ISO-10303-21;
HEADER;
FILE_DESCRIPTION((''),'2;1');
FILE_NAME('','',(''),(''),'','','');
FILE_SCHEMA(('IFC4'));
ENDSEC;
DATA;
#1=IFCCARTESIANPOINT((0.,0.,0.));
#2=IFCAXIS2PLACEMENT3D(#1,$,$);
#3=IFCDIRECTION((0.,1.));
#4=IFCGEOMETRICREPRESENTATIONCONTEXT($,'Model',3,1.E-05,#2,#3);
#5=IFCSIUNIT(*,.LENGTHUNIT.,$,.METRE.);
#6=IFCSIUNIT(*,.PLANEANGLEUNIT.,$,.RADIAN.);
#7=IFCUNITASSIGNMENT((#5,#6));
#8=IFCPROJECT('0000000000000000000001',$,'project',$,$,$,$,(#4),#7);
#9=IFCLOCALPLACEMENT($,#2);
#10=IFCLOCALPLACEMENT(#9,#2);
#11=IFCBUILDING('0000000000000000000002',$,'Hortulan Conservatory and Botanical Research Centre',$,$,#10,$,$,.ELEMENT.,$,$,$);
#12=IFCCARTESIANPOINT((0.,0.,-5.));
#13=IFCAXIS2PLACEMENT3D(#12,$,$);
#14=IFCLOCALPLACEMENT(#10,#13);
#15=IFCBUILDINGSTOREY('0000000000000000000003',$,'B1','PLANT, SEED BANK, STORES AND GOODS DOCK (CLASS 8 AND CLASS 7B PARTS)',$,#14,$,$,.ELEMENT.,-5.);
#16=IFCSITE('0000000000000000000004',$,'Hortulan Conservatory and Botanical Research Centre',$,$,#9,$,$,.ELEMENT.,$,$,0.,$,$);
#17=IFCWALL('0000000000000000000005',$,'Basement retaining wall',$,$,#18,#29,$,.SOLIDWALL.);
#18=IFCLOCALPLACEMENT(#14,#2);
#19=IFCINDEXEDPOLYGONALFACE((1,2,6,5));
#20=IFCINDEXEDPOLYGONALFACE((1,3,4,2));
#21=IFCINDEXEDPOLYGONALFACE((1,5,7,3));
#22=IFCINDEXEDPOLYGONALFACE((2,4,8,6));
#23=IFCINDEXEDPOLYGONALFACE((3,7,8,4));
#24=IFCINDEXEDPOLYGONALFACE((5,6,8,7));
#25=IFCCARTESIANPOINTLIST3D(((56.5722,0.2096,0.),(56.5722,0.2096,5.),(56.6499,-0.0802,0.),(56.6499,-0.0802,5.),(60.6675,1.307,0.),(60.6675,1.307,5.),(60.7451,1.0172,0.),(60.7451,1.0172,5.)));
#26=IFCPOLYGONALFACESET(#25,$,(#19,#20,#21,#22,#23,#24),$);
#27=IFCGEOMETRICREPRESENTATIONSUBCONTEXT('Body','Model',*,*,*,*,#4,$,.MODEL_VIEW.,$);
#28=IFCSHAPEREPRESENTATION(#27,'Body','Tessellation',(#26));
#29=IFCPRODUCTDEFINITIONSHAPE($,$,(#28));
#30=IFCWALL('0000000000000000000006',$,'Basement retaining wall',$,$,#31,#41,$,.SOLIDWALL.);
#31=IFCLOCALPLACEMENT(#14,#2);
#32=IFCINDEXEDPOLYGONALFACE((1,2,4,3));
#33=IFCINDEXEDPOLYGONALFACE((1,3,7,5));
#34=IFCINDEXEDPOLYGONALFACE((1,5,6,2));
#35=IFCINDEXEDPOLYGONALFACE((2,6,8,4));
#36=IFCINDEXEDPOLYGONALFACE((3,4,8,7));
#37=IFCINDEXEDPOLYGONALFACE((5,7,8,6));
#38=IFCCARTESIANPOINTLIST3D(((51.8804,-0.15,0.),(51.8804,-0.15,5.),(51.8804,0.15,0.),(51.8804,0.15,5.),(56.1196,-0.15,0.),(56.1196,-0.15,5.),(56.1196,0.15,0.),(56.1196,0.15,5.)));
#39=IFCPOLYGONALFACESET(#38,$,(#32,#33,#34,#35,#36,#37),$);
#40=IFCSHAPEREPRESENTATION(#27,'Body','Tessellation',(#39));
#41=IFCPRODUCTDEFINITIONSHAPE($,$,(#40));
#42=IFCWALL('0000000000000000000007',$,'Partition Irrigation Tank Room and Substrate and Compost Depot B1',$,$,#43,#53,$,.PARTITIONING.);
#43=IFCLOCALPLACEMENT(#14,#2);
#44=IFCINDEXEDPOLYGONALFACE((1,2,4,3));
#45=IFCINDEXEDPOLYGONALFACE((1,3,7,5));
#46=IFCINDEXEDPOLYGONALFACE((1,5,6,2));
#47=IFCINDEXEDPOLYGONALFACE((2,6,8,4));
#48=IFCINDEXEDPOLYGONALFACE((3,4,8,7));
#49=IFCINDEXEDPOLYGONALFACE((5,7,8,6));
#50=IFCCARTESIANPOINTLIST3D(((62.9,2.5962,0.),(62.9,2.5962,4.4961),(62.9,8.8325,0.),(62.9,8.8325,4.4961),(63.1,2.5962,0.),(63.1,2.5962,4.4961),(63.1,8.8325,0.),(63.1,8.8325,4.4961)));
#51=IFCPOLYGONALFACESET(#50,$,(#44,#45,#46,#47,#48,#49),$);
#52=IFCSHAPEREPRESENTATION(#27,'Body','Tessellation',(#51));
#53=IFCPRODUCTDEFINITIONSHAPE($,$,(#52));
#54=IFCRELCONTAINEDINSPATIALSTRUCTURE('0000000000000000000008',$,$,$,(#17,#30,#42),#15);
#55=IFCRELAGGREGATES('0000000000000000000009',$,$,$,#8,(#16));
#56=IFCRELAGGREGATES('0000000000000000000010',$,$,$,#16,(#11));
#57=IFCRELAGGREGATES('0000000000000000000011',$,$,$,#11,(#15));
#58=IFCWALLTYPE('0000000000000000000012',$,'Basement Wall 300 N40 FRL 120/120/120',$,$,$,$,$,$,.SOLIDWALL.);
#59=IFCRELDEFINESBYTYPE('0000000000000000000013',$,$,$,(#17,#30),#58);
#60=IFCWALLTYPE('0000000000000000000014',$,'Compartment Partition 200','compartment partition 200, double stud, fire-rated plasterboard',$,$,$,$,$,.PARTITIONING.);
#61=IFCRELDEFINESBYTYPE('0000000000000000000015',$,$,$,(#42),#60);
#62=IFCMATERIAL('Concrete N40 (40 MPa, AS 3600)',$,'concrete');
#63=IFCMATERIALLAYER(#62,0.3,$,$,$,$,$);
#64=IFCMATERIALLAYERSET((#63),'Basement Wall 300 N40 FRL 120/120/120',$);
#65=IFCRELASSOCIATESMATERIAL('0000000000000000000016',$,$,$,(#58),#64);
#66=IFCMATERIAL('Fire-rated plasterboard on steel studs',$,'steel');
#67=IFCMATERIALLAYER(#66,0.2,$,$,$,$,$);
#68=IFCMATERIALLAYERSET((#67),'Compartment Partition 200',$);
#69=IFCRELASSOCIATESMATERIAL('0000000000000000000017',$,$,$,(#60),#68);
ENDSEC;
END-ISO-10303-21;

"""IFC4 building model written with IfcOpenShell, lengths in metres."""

from ifc_helpers import new_model, si_unit, direction, frame, frame_2d, origin, place, context, subcontext, project, spatial, rectangle, extrude, material, layer, layer_set, type_object, element, save


model = new_model("IFC4")

# Units and contexts
model_context = context("Model", 3, precision=1e-05, world=origin(), true_north=direction((0.0, 1.0)))
body_context = subcontext(model_context, "Body", "Model", "MODEL_VIEW")
ifc_project = project(units=[si_unit("LENGTHUNIT", "METRE"), si_unit("PLANEANGLEUNIT", "RADIAN")], contexts=[model_context])

# Site, building, storey
site_placement = place(None, origin())
site = spatial("IfcSite", under=ifc_project, at=site_placement, Name="Hortulan Conservatory and Botanical Research Centre", CompositionType="ELEMENT", RefElevation=0.0)
building_placement = place(site_placement, origin())
building = spatial("IfcBuilding", under=site, at=building_placement, Name="Hortulan Conservatory and Botanical Research Centre", CompositionType="ELEMENT")
storey_placement = place(building_placement, frame((0.0, 0.0, -5.0)))
storey = spatial("IfcBuildingStorey", under=building, at=storey_placement, Name="B1", Description="PLANT, SEED BANK, STORES AND GOODS DOCK (CLASS 8 AND CLASS 7B PARTS)", CompositionType="ELEMENT", Elevation=-5.0)

# Shared definitions
ifc_material_1 = material(Name="Concrete N40 (40 MPa, AS 3600)", Category="concrete")

# Walls
ifc_layer_1 = layer(ifc_material_1, 0.3)
ifc_layer_set_1 = layer_set([ifc_layer_1], Name="Basement Wall 300 N40 FRL 120/120/120")
wall_type_1 = type_object("IfcWallType", Name="Basement Wall 300 N40 FRL 120/120/120", PredefinedType="SOLIDWALL", material=ifc_layer_set_1)
wall_1_placement = place(storey_placement, frame((60.7063, 1.1621, 0.0), z_axis=(0.0, 0.0, 1.0), x_axis=(-0.96592, -0.258842, 0.0)))
element("IfcWall", 1, at=wall_1_placement, inside=storey, type_object=wall_type_1, Name="Basement retaining wall", PredefinedType="SOLIDWALL", context=body_context, shape_type="SweptSolid", body=[
    extrude(rectangle(XDim=4.2397, YDim=0.3, at=frame_2d((2.1199, 0.0))), origin(), (0.0, 0.0, 1.0), 5.0),
])
wall_2_placement = place(storey_placement, frame((56.1196, 0.0, 0.0), z_axis=(0.0, 0.0, 1.0), x_axis=(-1.0, 0.0, 0.0)))
element("IfcWall", 2, at=wall_2_placement, inside=storey, type_object=wall_type_1, Name="Basement retaining wall", PredefinedType="SOLIDWALL", context=body_context, shape_type="SweptSolid", body=[
    extrude(rectangle(XDim=4.2393, YDim=0.3, at=frame_2d((2.1196, 0.0))), origin(), (0.0, 0.0, 1.0), 5.0),
])
ifc_material_2 = material(Name="Fire-rated plasterboard on steel studs", Category="steel")
ifc_layer_2 = layer(ifc_material_2, 0.2)
ifc_layer_set_2 = layer_set([ifc_layer_2], Name="Compartment Partition 200")
wall_type_2 = type_object("IfcWallType", Name="Compartment Partition 200", Description="compartment partition 200, double stud, fire-rated plasterboard", PredefinedType="PARTITIONING", material=ifc_layer_set_2)
wall_3_placement = place(storey_placement, frame((63.0, 2.5962, 0.0), z_axis=(0.0, 0.0, 1.0), x_axis=(0.0, 1.0, 0.0)))
element("IfcWall", 3, at=wall_3_placement, inside=storey, type_object=wall_type_2, Name="Partition Irrigation Tank Room and Substrate and Compost Depot B1", PredefinedType="PARTITIONING", context=body_context, shape_type="SweptSolid", body=[
    extrude(rectangle(XDim=6.2363, YDim=0.2, at=frame_2d((3.1182, 0.0))), origin(), (0.0, 0.0, 1.0), 4.4961),
])

save(model, "model.ifc")
